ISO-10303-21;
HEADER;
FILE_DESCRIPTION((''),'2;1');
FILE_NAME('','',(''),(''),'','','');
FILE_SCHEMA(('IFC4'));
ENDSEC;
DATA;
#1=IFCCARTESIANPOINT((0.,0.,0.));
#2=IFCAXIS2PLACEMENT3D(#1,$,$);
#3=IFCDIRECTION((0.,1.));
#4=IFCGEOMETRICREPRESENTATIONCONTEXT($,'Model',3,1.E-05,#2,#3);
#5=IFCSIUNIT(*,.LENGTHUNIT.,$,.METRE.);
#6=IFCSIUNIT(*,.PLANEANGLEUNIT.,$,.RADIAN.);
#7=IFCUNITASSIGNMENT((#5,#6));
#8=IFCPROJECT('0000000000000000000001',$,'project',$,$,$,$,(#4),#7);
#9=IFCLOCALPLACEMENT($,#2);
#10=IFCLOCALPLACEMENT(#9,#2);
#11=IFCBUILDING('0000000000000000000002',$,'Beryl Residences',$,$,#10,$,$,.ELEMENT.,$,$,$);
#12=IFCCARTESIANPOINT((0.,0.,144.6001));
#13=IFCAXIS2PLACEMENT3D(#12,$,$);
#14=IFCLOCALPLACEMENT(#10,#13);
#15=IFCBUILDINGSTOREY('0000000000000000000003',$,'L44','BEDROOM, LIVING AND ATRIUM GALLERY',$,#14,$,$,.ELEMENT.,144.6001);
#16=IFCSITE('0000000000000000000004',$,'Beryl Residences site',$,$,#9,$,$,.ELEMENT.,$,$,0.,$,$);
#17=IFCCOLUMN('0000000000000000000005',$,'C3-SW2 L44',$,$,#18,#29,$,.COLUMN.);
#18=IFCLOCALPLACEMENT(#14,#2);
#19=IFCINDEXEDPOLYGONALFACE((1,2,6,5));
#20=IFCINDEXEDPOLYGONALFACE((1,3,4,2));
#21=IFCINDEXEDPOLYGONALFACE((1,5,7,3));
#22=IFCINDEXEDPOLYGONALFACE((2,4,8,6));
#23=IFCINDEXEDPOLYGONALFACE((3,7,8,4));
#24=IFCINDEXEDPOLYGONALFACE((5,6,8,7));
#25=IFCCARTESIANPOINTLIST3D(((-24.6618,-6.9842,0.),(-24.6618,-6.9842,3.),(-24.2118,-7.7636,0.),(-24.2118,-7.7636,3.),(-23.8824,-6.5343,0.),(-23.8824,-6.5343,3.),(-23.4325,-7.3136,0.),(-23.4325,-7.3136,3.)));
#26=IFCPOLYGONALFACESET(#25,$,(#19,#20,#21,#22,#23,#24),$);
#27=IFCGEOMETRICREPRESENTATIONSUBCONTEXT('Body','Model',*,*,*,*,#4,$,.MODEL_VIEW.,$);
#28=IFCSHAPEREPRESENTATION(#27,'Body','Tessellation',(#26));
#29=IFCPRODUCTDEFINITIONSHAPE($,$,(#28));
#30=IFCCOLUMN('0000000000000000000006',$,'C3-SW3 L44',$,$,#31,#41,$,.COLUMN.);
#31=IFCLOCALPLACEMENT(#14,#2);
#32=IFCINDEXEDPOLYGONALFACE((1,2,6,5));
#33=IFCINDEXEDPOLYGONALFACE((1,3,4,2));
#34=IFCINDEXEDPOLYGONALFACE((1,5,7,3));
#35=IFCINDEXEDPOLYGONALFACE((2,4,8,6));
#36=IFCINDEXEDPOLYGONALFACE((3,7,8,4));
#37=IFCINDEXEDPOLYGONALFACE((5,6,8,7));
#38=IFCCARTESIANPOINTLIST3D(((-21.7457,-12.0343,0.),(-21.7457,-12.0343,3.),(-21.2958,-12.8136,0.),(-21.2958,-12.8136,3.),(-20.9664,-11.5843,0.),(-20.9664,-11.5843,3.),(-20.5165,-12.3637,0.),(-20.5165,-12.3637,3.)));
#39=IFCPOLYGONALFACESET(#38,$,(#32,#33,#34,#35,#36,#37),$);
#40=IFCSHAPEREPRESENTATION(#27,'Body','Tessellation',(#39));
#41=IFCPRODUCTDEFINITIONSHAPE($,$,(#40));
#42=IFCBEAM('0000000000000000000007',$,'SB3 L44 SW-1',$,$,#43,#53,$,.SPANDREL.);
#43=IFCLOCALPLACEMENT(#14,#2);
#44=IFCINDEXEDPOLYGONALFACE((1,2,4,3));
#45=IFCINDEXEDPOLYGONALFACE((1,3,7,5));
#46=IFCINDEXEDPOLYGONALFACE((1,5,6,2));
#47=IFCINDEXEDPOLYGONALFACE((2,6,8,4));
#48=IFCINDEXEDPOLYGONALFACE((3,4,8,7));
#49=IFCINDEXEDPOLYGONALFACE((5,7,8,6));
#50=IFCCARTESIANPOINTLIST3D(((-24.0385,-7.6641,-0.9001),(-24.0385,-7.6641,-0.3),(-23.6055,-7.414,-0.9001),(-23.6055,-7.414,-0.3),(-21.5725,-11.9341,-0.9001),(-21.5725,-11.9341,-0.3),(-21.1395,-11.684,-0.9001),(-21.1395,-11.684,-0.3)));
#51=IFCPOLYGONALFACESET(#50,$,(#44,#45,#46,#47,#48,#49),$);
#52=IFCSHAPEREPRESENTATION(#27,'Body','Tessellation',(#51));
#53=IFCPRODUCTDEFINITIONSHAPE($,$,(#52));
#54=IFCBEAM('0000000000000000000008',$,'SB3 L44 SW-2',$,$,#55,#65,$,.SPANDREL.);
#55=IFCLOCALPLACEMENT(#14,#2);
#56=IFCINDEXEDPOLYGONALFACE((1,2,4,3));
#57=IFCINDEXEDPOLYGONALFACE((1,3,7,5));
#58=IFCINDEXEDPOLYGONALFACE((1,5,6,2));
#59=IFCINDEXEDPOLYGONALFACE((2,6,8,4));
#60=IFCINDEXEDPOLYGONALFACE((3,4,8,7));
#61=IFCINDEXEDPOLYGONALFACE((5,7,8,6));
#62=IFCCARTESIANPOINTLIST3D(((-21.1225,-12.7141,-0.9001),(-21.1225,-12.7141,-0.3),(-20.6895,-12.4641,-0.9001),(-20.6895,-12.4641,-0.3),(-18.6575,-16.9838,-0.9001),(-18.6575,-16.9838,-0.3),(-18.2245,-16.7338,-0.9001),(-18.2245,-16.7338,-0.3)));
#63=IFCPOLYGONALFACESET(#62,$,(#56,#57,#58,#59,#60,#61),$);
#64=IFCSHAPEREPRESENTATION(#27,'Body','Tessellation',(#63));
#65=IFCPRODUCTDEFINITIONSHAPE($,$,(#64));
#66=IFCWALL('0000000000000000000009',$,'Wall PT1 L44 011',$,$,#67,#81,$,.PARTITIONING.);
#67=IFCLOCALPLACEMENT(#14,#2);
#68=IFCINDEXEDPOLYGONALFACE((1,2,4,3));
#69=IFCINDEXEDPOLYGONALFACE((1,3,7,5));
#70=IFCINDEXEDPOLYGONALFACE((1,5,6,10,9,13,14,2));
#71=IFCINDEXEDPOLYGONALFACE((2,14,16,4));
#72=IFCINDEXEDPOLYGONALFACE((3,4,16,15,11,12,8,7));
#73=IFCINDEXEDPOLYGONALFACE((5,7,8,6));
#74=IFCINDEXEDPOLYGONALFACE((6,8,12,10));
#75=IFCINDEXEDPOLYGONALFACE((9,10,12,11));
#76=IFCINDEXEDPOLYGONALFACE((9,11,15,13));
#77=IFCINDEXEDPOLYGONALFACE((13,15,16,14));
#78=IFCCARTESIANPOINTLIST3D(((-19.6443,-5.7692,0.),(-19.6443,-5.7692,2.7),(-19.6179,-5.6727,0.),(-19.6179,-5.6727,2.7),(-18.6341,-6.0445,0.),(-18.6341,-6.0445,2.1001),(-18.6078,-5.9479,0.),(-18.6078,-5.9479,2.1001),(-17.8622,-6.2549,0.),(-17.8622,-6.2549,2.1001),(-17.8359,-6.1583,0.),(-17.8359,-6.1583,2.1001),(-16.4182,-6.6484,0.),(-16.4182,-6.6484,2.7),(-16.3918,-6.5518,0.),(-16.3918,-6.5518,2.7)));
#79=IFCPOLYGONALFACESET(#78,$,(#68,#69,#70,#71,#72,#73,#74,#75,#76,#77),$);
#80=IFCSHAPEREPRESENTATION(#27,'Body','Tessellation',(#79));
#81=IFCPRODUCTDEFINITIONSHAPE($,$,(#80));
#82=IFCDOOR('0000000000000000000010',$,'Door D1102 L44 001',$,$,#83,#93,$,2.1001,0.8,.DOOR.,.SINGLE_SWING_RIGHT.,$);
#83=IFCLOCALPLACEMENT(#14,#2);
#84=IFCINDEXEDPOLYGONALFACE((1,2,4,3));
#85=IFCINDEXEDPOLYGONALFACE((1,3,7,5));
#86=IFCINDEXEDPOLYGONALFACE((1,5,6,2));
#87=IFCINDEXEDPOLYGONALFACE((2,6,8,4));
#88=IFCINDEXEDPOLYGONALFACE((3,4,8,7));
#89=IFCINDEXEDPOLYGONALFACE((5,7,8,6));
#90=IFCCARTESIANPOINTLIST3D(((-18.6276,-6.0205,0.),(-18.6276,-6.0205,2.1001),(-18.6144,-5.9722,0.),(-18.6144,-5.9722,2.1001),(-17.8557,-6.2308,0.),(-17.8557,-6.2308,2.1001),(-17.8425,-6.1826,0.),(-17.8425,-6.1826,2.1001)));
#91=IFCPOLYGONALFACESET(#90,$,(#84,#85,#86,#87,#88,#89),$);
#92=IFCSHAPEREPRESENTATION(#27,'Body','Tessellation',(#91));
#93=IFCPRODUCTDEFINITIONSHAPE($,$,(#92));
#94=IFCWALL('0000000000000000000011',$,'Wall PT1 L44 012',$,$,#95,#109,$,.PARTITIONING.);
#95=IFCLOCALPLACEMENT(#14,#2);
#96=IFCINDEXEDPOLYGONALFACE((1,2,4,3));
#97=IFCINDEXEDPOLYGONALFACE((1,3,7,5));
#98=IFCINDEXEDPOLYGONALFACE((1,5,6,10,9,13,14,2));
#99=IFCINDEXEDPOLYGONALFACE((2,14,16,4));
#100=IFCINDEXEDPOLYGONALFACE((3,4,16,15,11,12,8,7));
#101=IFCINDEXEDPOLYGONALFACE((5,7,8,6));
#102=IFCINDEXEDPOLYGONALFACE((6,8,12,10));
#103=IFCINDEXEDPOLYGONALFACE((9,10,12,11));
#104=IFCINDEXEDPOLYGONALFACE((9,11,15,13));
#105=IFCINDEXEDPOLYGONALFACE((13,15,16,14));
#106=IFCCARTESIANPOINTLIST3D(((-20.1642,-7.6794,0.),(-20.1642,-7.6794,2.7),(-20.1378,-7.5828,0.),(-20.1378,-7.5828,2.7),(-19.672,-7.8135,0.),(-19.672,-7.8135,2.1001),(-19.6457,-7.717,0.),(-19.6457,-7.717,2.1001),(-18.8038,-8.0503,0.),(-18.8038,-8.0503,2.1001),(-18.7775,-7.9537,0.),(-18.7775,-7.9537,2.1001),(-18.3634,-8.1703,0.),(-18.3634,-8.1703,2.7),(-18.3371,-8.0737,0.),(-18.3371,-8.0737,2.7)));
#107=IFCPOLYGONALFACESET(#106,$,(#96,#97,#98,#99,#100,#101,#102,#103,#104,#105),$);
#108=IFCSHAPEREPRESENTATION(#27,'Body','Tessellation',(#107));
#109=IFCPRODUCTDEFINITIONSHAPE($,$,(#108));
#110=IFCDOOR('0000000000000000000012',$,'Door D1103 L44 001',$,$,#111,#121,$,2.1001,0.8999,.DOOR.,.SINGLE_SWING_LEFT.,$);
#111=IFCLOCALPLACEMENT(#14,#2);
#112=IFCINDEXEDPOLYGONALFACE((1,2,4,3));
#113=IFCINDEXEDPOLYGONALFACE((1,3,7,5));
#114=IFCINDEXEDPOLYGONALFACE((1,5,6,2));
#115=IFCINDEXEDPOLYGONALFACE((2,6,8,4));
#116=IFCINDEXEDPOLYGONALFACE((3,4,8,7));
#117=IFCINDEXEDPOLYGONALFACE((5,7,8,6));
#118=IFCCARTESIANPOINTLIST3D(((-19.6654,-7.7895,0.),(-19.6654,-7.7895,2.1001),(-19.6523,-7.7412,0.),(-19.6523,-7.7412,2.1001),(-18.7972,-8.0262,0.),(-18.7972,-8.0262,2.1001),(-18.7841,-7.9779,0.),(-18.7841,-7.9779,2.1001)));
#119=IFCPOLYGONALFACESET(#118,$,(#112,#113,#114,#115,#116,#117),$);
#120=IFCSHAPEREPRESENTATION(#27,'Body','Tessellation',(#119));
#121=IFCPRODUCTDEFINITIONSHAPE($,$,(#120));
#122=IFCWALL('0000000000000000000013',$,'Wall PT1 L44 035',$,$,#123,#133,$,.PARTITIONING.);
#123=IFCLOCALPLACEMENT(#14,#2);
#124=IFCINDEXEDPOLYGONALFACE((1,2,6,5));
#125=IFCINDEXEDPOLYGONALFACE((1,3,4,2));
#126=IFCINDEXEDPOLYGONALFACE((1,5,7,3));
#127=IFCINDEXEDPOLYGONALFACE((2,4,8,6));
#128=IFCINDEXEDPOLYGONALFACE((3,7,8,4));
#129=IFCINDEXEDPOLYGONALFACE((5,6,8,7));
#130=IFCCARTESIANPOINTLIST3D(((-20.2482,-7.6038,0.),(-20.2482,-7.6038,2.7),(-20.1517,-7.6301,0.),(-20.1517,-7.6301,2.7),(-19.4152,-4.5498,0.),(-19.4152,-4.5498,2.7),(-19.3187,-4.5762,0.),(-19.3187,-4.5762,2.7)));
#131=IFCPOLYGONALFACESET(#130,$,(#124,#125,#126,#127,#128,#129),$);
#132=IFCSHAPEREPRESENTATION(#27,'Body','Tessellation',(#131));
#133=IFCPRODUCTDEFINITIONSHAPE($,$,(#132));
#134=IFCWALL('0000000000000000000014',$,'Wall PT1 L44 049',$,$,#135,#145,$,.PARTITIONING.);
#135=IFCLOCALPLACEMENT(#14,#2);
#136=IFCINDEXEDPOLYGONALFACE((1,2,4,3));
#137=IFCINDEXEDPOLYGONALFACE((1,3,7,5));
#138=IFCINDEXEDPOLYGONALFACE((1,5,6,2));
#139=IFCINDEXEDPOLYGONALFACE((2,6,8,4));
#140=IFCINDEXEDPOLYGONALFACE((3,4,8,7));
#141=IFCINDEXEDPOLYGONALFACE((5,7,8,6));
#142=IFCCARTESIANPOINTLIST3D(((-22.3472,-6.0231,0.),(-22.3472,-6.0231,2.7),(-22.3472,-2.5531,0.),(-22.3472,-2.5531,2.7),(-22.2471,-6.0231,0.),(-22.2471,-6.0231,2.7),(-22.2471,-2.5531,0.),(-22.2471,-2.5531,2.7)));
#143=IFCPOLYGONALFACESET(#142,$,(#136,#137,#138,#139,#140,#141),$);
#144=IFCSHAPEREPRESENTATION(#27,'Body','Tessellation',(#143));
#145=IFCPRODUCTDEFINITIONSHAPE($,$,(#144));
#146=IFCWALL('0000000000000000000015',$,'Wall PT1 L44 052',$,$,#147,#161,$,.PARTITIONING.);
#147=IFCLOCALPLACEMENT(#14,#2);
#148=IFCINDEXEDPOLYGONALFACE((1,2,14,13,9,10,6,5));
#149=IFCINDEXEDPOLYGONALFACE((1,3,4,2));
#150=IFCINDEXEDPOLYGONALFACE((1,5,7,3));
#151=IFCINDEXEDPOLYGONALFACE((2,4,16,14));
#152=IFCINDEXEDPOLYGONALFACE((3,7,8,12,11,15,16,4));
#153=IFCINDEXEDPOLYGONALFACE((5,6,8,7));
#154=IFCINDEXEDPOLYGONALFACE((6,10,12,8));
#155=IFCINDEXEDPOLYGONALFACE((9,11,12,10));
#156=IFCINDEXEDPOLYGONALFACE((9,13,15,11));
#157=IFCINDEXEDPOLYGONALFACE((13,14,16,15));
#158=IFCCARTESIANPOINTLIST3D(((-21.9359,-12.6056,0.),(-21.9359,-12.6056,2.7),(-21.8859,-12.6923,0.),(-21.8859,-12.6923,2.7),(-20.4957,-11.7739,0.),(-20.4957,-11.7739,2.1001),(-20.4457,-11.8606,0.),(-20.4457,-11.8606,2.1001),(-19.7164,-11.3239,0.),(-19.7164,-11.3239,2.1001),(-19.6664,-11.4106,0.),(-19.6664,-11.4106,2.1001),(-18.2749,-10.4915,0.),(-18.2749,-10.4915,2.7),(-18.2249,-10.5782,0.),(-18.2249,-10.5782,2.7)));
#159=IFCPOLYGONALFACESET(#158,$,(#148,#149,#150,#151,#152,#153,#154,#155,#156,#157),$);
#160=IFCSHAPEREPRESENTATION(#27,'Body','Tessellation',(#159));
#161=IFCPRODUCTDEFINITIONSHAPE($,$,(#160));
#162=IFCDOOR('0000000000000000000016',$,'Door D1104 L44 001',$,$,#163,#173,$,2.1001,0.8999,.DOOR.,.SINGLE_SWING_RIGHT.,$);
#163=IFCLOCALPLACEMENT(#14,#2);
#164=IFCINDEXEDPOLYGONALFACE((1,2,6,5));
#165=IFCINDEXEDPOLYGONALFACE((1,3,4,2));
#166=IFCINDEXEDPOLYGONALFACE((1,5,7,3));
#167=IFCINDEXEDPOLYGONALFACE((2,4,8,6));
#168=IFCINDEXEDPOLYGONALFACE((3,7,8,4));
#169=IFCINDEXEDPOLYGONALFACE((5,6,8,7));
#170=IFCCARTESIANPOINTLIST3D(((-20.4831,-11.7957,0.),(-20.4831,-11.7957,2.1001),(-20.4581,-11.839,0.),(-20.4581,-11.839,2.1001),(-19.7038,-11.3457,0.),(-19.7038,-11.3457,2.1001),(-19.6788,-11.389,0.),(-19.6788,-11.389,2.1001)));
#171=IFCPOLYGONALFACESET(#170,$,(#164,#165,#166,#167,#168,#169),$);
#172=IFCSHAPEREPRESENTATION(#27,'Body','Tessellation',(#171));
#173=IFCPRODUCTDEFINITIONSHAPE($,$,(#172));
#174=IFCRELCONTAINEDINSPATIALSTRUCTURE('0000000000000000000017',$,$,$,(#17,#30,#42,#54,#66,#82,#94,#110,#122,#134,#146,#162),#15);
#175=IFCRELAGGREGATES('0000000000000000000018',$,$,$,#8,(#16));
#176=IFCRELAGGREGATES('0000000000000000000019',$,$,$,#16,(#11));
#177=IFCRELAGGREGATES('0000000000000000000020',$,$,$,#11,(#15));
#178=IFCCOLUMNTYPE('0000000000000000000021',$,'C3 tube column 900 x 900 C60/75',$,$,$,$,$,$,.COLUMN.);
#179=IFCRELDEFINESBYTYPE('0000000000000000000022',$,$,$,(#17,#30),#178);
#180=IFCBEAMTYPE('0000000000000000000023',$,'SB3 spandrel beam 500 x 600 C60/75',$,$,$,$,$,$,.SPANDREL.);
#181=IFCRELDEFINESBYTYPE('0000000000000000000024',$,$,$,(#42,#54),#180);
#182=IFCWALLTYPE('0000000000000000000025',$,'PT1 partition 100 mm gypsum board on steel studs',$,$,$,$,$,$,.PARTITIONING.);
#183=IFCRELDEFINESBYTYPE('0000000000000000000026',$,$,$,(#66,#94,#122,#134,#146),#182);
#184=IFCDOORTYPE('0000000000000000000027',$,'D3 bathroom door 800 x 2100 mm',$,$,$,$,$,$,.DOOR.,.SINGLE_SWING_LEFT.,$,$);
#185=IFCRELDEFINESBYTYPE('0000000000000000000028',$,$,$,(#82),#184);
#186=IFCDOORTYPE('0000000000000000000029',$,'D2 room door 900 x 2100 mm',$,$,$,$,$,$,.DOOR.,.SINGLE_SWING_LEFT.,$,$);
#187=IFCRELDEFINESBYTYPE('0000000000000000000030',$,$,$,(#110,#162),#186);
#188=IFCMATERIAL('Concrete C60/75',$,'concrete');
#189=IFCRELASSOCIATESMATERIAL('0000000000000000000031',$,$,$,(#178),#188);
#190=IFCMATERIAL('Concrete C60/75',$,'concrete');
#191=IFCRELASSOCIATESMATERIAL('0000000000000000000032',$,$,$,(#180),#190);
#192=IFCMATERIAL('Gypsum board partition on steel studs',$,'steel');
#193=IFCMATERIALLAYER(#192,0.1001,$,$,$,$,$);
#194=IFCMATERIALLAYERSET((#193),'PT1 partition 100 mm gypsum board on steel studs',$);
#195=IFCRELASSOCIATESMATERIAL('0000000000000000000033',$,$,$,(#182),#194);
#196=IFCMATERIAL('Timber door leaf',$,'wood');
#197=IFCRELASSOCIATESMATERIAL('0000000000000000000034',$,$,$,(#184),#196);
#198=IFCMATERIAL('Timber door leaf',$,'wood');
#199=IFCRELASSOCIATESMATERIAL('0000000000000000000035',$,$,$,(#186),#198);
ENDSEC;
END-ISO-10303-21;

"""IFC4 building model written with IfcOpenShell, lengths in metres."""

from ifc_helpers import new_model, si_unit, direction, frame, frame_2d, origin, origin_2d, place, context, subcontext, project, spatial, rectangle, extrude, material, layer, layer_set, material_profile, profile_set, type_object, element, fill, save


model = new_model("IFC4")

# Units and contexts
model_context = context("Model", 3, precision=1e-05, world=origin(), true_north=direction((0.0, 1.0)))
body_context = subcontext(model_context, "Body", "Model", "MODEL_VIEW")
ifc_project = project(units=[si_unit("LENGTHUNIT", "METRE"), si_unit("PLANEANGLEUNIT", "RADIAN")], contexts=[model_context])

# Site, building, storey
site_placement = place(None, origin())
site = spatial("IfcSite", under=ifc_project, at=site_placement, Name="Beryl Residences site", CompositionType="ELEMENT", RefElevation=0.0)
building_placement = place(site_placement, origin())
building = spatial("IfcBuilding", under=site, at=building_placement, Name="Beryl Residences", CompositionType="ELEMENT")
storey_placement = place(building_placement, frame((0.0, 0.0, 144.6001)))
storey = spatial("IfcBuildingStorey", under=building, at=storey_placement, Name="L44", Description="BEDROOM, LIVING AND ATRIUM GALLERY", CompositionType="ELEMENT", Elevation=144.6001)

# Columns
ifc_material_1 = material(Name="Concrete C60/75", Category="concrete")
ifc_material_profile_1 = material_profile(ifc_material_1, rectangle(XDim=0.8999, YDim=0.8999, at=origin_2d()))
ifc_profile_set_1 = profile_set([ifc_material_profile_1], Name="Concrete C60/75")
column_type = type_object("IfcColumnType", Name="C3 tube column 900 x 900 C60/75", PredefinedType="COLUMN", material=ifc_profile_set_1)
for number, where, z_axis, x_axis, name in (
    (1, (-24.0471, -7.1489, 0.0), (0.0, 0.0, 1.0), (0.5, -0.866025, 0.0), "C3-SW2 L44"),
    (2, (-21.1311, -12.199, 0.0), (0.0, 0.0, 1.0), (0.5, -0.866025, 0.0), "C3-SW3 L44"),
):
    element("IfcColumn", number, at=place(storey_placement, frame(where, z_axis=z_axis, x_axis=x_axis)), inside=storey, type_object=column_type, Name=name, PredefinedType="COLUMN", context=body_context, shape_type="SweptSolid", body=[
        extrude(rectangle(XDim=0.8999, YDim=0.8999, at=origin_2d()), origin(), (0.0, 0.0, 1.0), 3.0),
    ])

# Beams
ifc_material_2 = material(Name="Concrete C60/75", Category="concrete")
ifc_material_profile_2 = material_profile(ifc_material_2, rectangle(XDim=0.5, YDim=0.6001, at=origin_2d()))
ifc_profile_set_2 = profile_set([ifc_material_profile_2], Name="Concrete C60/75")
beam_type = type_object("IfcBeamType", Name="SB3 spandrel beam 500 x 600 C60/75", PredefinedType="SPANDREL", material=ifc_profile_set_2)
beam_1_placement = place(storey_placement, frame((-23.822, -7.5391, -0.6001), z_axis=(0.500117, -0.865958, 0.0), x_axis=(0.865958, 0.500117, 0.0)))
element("IfcBeam", 3, at=beam_1_placement, inside=storey, type_object=beam_type, Name="SB3 L44 SW-1", PredefinedType="SPANDREL", context=body_context, shape_type="SweptSolid", body=[
    extrude(rectangle(XDim=0.5, YDim=0.6001, at=origin_2d()), origin(), (0.0, 0.0, 1.0), 4.9309),
])
beam_2_placement = place(storey_placement, frame((-20.906, -12.5891, -0.6001), z_axis=(0.49999, -0.866031, 0.0), x_axis=(0.866031, 0.49999, 0.0)))
element("IfcBeam", 4, at=beam_2_placement, inside=storey, type_object=beam_type, Name="SB3 L44 SW-2", PredefinedType="SPANDREL", context=body_context, shape_type="SweptSolid", body=[
    extrude(rectangle(XDim=0.5, YDim=0.6001, at=origin_2d()), origin(), (0.0, 0.0, 1.0), 4.9302),
])

# Walls, openings, doors
ifc_material_3 = material(Name="Gypsum board partition on steel studs", Category="steel")
ifc_layer_1 = layer(ifc_material_3, 0.1001)
ifc_layer_set_1 = layer_set([ifc_layer_1], Name="PT1 partition 100 mm gypsum board on steel studs")
wall_type_1 = type_object("IfcWallType", Name="PT1 partition 100 mm gypsum board on steel studs", PredefinedType="PARTITIONING", material=ifc_layer_set_1)
wall_1_placement = place(storey_placement, frame((-19.6311, -5.7209, 0.0), z_axis=(0.0, 0.0, 1.0), x_axis=(0.964816, -0.262926, 0.0)))
wall_1 = element("IfcWall", 5, at=wall_1_placement, inside=storey, type_object=wall_type_1, Name="Wall PT1 L44 011", PredefinedType="PARTITIONING", context=body_context, shape_type="SweptSolid", body=[
    extrude(rectangle(XDim=3.3438, YDim=0.1001, at=frame_2d((1.6719, 0.0))), origin(), (0.0, 0.0, 1.0), 2.7),
])
opening_1_placement = place(wall_1_placement, frame((1.0471, 0.0, 0.0)))
opening_1 = element("IfcOpeningElement", 6, at=opening_1_placement, cuts=wall_1, PredefinedType="OPENING", context=body_context, shape_type="SweptSolid", body=[
    extrude(rectangle(XDim=0.8, YDim=2.1001, at=frame_2d((0.3999, 1.05))), frame((0.0, 0.0601, 0.0), z_axis=(0.0, -1.0, 0.0), x_axis=(1.0, 0.0, 0.0)), (0.0, 0.0, 1.0), 0.1201),
])
ifc_material_4 = material(Name="Timber door leaf", Category="wood")
door_type_1 = type_object("IfcDoorType", Name="D3 bathroom door 800 x 2100 mm", OperationType="SINGLE_SWING_LEFT", PredefinedType="DOOR", material=ifc_material_4)
door_1_placement = place(opening_1_placement, origin())
door_1 = element("IfcDoor", 7, at=door_1_placement, inside=storey, type_object=door_type_1, Name="Door D1102 L44 001", OperationType="SINGLE_SWING_RIGHT", OverallHeight=2.1001, OverallWidth=0.8, PredefinedType="DOOR", context=body_context, shape_type="SweptSolid", body=[
    extrude(rectangle(XDim=0.8, YDim=2.1001, at=frame_2d((0.3999, 1.05))), frame((0.0, 0.0249, 0.0), z_axis=(0.0, -1.0, 0.0), x_axis=(1.0, 0.0, 0.0)), (0.0, 0.0, 1.0), 0.05),
])
fill(opening_1, door_1)
wall_2_placement = place(storey_placement, frame((-20.1509, -7.6311, 0.0), z_axis=(0.0, 0.0, 1.0), x_axis=(0.964785, -0.26304, 0.0)))
wall_2 = element("IfcWall", 8, at=wall_2_placement, inside=storey, type_object=wall_type_1, Name="Wall PT1 L44 012", PredefinedType="PARTITIONING", context=body_context, shape_type="SweptSolid", body=[
    extrude(rectangle(XDim=1.8665, YDim=0.1001, at=frame_2d((0.9331, 0.0))), origin(), (0.0, 0.0, 1.0), 2.7),
])
opening_2_placement = place(wall_2_placement, frame((0.51, 0.0, 0.0)))
opening_2 = element("IfcOpeningElement", 9, at=opening_2_placement, cuts=wall_2, PredefinedType="OPENING", context=body_context, shape_type="SweptSolid", body=[
    extrude(rectangle(XDim=0.8999, YDim=2.1001, at=frame_2d((0.45, 1.05))), frame((0.0, 0.0601, 0.0), z_axis=(0.0, -1.0, 0.0), x_axis=(1.0, 0.0, 0.0)), (0.0, 0.0, 1.0), 0.1201),
])
ifc_material_5 = material(Name="Timber door leaf", Category="wood")
door_type_2 = type_object("IfcDoorType", Name="D2 room door 900 x 2100 mm", OperationType="SINGLE_SWING_LEFT", PredefinedType="DOOR", material=ifc_material_5)
door_2_placement = place(opening_2_placement, origin())
door_2 = element("IfcDoor", 10, at=door_2_placement, inside=storey, type_object=door_type_2, Name="Door D1103 L44 001", OperationType="SINGLE_SWING_LEFT", OverallHeight=2.1001, OverallWidth=0.8999, PredefinedType="DOOR", context=body_context, shape_type="SweptSolid", body=[
    extrude(rectangle(XDim=0.8999, YDim=2.1001, at=frame_2d((0.45, 1.05))), frame((0.0, 0.0249, 0.0), z_axis=(0.0, -1.0, 0.0), x_axis=(1.0, 0.0, 0.0)), (0.0, 0.0, 1.0), 0.05),
])
fill(opening_2, door_2)

# Walls
wall_3_placement = place(storey_placement, frame((-20.2, -7.6169, 0.0), z_axis=(0.0, 0.0, 1.0), x_axis=(0.26315, 0.964755, 0.0)))
element("IfcWall", 11, at=wall_3_placement, inside=storey, type_object=wall_type_1, Name="Wall PT1 L44 035", PredefinedType="PARTITIONING", context=body_context, shape_type="SweptSolid", body=[
    extrude(rectangle(XDim=3.1655, YDim=0.1001, at=frame_2d((1.5828, 0.0))), origin(), (0.0, 0.0, 1.0), 2.7),
])
wall_4_placement = place(storey_placement, frame((-22.2971, -6.0229, 0.0), z_axis=(0.0, 0.0, 1.0), x_axis=(0.0, 1.0, 0.0)))
element("IfcWall", 12, at=wall_4_placement, inside=storey, type_object=wall_type_1, Name="Wall PT1 L44 049", PredefinedType="PARTITIONING", context=body_context, shape_type="SweptSolid", body=[
    extrude(rectangle(XDim=3.47, YDim=0.1001, at=frame_2d((1.7349, 0.0))), origin(), (0.0, 0.0, 1.0), 2.7),
])

# Wall, opening, door
wall_5_placement = place(storey_placement, frame((-21.9109, -12.6489, 0.0), z_axis=(0.0, 0.0, 1.0), x_axis=(0.865985, 0.500071, 0.0)))
wall_5 = element("IfcWall", 13, at=wall_5_placement, inside=storey, type_object=wall_type_1, Name="Wall PT1 L44 052", PredefinedType="PARTITIONING", context=body_context, shape_type="SweptSolid", body=[
    extrude(rectangle(XDim=4.2275, YDim=0.1001, at=frame_2d((2.1138, 0.0))), origin(), (0.0, 0.0, 1.0), 2.7),
])
opening_3_placement = place(wall_5_placement, frame((1.6631, 0.0, 0.0)))
opening_3 = element("IfcOpeningElement", 14, at=opening_3_placement, cuts=wall_5, PredefinedType="OPENING", context=body_context, shape_type="SweptSolid", body=[
    extrude(rectangle(XDim=0.8999, YDim=2.1001, at=frame_2d((0.45, 1.05))), frame((0.0, 0.0601, 0.0), z_axis=(0.0, -1.0, 0.0), x_axis=(1.0, 0.0, 0.0)), (0.0, 0.0, 1.0), 0.1201),
])
door_3_placement = place(opening_3_placement, origin())
door_3 = element("IfcDoor", 15, at=door_3_placement, inside=storey, type_object=door_type_2, Name="Door D1104 L44 001", OperationType="SINGLE_SWING_RIGHT", OverallHeight=2.1001, OverallWidth=0.8999, PredefinedType="DOOR", context=body_context, shape_type="SweptSolid", body=[
    extrude(rectangle(XDim=0.8999, YDim=2.1001, at=frame_2d((0.45, 1.05))), frame((0.0, 0.0249, 0.0), z_axis=(0.0, -1.0, 0.0), x_axis=(1.0, 0.0, 0.0)), (0.0, 0.0, 1.0), 0.05),
])
fill(opening_3, door_3)

save(model, "model.ifc")
